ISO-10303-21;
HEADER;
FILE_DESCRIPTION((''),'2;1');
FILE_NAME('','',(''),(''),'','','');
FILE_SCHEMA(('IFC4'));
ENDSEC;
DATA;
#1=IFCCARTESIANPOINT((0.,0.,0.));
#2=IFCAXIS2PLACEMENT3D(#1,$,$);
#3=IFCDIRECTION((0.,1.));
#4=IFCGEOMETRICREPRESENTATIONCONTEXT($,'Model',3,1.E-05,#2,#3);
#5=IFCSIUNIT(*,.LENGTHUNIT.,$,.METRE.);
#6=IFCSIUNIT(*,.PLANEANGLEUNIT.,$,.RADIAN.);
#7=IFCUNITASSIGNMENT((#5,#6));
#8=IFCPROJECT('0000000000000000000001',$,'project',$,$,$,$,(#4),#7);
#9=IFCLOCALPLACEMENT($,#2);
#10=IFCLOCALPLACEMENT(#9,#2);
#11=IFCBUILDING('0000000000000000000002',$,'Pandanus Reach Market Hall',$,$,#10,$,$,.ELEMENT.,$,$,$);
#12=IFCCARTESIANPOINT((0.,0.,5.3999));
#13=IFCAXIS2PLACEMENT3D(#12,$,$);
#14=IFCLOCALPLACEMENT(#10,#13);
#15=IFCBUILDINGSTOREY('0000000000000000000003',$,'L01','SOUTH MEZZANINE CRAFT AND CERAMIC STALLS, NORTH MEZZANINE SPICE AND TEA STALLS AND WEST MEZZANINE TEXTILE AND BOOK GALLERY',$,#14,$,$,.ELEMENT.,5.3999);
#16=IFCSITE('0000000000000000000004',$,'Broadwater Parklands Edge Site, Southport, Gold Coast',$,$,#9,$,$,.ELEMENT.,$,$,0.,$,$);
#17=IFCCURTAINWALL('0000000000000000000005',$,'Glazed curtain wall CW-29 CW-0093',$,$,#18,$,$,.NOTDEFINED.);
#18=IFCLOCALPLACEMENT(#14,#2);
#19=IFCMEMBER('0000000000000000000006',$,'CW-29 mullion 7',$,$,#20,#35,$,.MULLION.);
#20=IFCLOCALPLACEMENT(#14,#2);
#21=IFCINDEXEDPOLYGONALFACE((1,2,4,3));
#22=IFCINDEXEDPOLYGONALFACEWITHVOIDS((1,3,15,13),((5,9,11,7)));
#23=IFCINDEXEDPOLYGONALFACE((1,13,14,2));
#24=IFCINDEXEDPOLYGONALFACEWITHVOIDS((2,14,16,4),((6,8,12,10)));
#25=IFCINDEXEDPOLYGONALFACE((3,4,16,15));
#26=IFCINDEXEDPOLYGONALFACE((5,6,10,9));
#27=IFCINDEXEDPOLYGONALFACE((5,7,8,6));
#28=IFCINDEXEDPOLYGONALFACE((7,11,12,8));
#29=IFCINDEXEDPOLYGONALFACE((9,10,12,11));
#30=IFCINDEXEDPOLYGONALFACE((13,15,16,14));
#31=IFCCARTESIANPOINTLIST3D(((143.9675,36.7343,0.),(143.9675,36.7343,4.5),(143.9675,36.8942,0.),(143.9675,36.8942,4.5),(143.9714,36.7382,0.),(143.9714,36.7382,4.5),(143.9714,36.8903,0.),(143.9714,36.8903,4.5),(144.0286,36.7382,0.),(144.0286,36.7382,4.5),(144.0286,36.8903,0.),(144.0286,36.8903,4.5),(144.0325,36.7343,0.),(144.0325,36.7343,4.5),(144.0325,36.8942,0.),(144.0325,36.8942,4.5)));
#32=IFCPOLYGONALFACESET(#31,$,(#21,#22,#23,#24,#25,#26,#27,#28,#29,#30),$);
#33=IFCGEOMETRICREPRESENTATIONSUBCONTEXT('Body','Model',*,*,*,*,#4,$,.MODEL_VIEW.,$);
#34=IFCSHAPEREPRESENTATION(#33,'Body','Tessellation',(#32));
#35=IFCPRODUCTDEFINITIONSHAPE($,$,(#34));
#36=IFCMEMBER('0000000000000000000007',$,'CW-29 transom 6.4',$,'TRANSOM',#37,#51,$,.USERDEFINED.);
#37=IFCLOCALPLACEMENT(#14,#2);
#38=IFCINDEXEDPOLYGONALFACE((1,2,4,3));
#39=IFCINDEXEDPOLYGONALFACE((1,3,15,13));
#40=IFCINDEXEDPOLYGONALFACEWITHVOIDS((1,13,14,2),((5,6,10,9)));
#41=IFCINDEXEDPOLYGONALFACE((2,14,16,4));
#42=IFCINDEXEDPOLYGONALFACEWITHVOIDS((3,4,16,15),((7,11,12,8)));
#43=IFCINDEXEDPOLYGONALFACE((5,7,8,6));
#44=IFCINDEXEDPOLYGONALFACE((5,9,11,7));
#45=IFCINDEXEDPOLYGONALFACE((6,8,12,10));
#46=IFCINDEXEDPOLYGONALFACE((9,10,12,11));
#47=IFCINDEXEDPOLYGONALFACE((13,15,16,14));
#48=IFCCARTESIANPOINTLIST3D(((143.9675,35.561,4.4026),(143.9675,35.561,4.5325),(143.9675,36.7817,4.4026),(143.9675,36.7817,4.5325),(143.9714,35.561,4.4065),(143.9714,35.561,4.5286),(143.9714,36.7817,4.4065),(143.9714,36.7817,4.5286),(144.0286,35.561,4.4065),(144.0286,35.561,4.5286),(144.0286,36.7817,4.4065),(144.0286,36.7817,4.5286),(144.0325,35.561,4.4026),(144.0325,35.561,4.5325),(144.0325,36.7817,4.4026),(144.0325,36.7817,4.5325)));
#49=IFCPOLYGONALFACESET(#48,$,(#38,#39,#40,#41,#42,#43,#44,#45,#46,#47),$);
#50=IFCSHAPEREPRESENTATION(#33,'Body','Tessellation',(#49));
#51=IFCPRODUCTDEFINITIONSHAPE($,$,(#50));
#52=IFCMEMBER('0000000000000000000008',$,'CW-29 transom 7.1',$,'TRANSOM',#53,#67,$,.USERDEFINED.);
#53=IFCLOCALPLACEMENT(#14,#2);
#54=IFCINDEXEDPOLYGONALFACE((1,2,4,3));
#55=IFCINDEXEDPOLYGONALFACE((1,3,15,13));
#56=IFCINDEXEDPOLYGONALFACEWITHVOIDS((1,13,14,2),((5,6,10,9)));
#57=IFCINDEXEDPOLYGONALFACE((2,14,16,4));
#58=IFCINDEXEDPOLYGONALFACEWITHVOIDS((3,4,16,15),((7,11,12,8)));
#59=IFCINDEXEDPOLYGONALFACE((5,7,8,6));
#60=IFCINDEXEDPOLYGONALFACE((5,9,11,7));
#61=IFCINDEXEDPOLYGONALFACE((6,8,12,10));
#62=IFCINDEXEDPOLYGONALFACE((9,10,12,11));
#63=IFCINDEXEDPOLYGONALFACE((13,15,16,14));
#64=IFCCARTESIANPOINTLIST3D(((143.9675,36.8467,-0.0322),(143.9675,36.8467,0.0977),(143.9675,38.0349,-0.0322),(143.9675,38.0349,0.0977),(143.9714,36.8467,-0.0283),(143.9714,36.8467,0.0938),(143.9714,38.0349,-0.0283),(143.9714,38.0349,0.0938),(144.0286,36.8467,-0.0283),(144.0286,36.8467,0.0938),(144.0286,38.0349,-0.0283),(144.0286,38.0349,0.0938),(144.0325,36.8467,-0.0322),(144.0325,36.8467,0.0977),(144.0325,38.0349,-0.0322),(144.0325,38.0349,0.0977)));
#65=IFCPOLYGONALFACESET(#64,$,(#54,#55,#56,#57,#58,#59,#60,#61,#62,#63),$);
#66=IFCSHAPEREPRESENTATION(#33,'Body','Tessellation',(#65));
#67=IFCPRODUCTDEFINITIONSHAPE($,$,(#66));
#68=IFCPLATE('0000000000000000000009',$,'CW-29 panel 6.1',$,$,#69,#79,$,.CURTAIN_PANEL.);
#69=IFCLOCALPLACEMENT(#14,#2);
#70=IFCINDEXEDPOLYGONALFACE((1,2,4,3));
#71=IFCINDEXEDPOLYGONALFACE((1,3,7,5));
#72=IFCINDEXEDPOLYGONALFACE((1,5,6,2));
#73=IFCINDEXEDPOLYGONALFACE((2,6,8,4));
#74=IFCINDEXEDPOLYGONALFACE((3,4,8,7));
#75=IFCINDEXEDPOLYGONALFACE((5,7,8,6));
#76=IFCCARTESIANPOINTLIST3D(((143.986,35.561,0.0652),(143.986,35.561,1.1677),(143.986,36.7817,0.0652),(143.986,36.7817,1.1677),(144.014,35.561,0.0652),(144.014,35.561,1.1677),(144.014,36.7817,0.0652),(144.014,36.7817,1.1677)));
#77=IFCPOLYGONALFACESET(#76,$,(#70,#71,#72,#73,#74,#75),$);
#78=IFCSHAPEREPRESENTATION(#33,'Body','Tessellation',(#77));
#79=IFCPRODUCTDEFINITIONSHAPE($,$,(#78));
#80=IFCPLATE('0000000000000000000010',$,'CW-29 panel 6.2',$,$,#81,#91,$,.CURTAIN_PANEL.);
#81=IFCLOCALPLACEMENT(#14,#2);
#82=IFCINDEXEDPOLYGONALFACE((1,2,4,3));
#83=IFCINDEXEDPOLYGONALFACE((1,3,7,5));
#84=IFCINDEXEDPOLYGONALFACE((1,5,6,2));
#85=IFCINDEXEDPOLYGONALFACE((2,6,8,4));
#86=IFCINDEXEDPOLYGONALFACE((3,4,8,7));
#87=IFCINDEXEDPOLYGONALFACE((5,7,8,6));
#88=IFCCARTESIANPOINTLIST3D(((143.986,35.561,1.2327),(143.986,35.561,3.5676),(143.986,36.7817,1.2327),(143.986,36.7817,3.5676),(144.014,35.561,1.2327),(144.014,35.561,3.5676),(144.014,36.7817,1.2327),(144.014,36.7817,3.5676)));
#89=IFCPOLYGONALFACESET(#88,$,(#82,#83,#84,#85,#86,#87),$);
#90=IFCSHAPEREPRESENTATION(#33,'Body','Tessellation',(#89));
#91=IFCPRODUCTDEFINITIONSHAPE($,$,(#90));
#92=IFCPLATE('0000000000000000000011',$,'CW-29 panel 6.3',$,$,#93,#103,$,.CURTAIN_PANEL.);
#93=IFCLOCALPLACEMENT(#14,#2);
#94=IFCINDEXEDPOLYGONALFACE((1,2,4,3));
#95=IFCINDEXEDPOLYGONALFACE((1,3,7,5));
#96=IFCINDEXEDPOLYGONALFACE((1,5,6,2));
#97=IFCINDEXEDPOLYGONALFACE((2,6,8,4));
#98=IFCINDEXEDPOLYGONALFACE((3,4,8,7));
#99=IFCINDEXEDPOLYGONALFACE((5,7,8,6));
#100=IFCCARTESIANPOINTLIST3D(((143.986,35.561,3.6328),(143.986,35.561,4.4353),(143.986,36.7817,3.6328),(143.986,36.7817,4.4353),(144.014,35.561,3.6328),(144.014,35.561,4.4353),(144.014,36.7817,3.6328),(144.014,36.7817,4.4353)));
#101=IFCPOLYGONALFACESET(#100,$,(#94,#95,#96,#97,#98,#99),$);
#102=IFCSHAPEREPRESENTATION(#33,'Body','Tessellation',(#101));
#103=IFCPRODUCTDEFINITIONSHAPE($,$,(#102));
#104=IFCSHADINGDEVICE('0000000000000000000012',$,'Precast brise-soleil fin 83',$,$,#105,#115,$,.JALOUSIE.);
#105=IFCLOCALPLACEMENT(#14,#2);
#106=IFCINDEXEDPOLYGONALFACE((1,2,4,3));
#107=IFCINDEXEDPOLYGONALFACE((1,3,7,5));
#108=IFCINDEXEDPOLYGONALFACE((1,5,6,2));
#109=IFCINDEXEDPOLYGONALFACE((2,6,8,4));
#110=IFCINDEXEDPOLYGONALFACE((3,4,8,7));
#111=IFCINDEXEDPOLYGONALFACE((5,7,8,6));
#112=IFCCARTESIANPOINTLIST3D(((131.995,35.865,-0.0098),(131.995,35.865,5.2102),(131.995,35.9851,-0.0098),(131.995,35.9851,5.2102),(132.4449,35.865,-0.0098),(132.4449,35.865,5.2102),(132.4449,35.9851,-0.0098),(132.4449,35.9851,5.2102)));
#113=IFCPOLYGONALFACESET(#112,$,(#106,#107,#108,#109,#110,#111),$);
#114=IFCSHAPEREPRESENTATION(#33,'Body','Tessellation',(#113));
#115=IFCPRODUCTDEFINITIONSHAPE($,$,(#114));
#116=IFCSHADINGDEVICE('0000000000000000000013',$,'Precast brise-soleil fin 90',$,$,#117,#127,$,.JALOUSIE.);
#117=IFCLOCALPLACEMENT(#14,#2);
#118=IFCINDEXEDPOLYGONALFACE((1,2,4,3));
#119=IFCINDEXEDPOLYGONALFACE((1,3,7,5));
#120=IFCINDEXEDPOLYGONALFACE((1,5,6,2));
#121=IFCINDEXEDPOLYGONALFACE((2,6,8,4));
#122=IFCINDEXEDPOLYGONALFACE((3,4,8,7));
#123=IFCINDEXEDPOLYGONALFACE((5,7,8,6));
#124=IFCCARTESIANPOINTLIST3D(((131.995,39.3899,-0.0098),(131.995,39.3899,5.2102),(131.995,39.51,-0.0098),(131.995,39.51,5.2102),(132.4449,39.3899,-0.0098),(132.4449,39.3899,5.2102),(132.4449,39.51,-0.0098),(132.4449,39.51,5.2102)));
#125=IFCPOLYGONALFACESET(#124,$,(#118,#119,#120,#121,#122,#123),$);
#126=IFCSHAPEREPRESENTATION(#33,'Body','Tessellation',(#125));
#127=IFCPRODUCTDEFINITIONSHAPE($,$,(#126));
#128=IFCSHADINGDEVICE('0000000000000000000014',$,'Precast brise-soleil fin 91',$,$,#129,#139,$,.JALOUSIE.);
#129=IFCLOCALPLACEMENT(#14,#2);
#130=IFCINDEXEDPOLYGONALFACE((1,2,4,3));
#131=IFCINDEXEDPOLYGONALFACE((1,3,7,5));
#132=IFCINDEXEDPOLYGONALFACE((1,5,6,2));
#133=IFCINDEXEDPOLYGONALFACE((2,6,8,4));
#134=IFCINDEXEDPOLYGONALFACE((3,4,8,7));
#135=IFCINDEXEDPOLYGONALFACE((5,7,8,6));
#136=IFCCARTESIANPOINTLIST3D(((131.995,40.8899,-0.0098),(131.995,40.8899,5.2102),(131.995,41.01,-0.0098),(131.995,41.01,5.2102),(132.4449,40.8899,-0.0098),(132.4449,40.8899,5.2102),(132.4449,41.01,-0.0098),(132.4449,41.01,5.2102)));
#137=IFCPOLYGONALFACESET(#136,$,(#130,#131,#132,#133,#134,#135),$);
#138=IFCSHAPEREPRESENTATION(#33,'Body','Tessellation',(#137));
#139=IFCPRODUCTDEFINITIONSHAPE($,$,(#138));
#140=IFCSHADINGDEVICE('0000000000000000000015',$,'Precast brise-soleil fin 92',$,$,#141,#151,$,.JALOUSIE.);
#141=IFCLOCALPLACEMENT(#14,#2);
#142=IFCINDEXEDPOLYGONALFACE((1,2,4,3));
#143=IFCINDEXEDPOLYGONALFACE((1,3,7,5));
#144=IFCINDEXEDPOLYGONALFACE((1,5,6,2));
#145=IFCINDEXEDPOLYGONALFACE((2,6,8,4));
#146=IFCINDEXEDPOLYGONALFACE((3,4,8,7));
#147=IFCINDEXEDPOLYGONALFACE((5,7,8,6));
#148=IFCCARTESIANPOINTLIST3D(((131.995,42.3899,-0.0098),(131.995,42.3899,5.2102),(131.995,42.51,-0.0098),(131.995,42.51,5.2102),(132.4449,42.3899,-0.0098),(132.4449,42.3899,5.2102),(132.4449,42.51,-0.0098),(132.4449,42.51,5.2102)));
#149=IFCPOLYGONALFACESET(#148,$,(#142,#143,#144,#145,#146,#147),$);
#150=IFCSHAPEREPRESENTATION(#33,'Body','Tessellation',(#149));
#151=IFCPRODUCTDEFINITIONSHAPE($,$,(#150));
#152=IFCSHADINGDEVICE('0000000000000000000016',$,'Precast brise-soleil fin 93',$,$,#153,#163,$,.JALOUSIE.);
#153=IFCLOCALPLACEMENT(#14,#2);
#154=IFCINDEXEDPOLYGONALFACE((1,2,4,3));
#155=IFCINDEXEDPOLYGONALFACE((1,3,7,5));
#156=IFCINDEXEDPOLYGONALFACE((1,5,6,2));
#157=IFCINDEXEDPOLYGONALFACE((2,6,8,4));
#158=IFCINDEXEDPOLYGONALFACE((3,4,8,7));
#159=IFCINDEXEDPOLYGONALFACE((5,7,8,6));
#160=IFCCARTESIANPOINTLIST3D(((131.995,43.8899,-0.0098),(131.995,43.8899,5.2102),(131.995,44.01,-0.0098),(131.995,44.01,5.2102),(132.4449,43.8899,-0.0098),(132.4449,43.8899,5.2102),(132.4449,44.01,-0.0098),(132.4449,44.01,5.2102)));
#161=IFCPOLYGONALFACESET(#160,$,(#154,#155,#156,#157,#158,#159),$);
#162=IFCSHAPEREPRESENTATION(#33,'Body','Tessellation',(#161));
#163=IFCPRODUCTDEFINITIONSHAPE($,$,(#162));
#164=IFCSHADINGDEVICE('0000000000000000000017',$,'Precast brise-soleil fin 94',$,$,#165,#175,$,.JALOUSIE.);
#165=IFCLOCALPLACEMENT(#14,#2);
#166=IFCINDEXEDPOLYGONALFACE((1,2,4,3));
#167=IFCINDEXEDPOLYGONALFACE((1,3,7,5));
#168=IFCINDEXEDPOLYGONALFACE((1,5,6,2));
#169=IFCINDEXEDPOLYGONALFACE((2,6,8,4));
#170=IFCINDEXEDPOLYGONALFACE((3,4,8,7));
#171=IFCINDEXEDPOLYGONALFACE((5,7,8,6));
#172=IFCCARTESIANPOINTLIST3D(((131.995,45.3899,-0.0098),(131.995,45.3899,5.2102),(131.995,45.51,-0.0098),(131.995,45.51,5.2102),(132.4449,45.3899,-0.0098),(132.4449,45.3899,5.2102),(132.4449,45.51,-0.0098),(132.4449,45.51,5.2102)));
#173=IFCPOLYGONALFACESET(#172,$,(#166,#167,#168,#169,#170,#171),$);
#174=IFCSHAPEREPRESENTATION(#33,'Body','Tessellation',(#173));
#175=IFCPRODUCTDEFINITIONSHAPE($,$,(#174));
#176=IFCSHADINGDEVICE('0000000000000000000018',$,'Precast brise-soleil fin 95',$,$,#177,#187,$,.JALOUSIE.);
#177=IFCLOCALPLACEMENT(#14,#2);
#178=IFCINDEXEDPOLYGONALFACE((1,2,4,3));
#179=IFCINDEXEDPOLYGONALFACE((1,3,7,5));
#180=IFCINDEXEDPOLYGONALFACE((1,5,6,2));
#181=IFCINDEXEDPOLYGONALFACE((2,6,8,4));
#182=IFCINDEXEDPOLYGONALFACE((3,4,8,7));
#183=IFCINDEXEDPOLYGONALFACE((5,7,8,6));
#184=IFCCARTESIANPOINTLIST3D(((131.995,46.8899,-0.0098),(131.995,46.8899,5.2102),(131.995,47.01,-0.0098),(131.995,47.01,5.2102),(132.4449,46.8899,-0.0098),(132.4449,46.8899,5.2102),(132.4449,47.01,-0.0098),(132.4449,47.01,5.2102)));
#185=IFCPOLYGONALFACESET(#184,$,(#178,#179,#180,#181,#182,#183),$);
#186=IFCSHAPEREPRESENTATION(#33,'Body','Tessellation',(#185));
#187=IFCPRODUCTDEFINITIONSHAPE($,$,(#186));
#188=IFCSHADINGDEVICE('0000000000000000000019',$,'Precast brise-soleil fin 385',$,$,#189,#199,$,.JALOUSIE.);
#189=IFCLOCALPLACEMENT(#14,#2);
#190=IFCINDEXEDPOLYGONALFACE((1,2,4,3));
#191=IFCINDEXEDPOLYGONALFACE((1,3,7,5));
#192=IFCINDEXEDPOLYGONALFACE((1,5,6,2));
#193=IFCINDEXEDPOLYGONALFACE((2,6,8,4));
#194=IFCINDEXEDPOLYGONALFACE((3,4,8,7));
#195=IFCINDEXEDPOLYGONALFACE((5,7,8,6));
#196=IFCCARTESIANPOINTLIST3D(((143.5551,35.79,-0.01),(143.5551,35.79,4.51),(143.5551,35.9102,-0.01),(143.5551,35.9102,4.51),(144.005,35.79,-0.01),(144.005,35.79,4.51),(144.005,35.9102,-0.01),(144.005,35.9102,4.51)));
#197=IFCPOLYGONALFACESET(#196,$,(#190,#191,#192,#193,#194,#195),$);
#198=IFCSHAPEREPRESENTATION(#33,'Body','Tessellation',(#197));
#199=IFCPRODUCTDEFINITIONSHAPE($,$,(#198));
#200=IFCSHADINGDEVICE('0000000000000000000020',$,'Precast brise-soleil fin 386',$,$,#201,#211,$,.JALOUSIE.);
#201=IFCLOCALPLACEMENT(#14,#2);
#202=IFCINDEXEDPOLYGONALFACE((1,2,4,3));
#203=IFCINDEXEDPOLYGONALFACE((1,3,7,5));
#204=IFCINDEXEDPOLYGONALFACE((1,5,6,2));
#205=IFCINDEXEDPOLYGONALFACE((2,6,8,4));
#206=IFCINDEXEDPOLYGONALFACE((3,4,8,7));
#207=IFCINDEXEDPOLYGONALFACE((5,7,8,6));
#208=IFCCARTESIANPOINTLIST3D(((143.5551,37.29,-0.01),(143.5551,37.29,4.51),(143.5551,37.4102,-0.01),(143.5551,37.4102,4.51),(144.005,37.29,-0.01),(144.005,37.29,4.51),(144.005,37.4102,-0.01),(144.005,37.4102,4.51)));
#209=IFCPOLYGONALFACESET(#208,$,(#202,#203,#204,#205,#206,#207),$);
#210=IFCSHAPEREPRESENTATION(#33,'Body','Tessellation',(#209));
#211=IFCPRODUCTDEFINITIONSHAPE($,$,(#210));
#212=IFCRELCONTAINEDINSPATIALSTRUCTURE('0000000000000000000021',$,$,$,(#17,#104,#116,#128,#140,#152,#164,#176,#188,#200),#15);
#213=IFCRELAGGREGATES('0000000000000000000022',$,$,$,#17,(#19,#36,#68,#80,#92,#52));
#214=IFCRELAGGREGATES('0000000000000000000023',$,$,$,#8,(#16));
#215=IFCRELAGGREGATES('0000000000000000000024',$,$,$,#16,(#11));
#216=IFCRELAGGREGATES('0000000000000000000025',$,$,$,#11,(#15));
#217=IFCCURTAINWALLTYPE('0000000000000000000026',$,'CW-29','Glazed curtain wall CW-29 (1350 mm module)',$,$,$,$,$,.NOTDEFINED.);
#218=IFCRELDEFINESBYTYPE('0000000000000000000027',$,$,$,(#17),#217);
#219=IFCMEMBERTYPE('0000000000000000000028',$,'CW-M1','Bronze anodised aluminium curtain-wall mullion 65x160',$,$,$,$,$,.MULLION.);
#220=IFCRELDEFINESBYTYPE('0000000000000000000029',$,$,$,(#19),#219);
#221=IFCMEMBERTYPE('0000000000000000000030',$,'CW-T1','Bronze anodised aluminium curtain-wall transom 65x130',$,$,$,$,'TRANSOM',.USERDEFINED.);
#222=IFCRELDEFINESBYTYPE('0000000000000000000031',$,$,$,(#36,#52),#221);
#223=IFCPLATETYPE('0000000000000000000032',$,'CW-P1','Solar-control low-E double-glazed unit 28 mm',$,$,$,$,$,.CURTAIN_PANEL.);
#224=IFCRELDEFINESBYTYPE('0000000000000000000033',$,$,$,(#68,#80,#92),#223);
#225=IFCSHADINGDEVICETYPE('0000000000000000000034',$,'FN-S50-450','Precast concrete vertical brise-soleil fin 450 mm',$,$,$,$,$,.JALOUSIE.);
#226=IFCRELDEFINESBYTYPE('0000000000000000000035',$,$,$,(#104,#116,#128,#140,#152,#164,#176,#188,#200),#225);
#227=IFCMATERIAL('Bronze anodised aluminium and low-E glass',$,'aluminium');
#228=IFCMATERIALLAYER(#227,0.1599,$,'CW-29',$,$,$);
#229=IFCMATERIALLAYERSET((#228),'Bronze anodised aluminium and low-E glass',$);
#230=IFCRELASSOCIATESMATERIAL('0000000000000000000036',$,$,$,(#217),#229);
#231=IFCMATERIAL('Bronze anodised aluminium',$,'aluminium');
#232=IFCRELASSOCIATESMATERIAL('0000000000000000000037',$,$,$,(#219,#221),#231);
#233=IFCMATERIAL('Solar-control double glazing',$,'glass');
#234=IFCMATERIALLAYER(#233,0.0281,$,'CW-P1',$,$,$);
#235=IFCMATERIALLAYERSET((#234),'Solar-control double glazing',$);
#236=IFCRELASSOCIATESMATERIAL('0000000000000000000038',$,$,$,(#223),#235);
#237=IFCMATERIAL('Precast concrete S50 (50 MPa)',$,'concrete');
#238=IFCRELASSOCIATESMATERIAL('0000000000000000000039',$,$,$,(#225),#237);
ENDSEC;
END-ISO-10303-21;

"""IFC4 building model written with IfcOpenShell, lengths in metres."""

from ifc_helpers import new_model, si_unit, direction, frame, origin, origin_2d, place, context, subcontext, project, spatial, rectangle, hollow_rectangle, extrude, material, layer, layer_set, material_profile, profile_set, type_object, element, aggregate, save


model = new_model("IFC4")

# Units and contexts
model_context = context("Model", 3, precision=1e-05, world=origin(), true_north=direction((0.0, 1.0)))
body_context = subcontext(model_context, "Body", "Model", "MODEL_VIEW")
ifc_project = project(units=[si_unit("LENGTHUNIT", "METRE"), si_unit("PLANEANGLEUNIT", "RADIAN")], contexts=[model_context])

# Site, building, storey
site_placement = place(None, origin())
site = spatial("IfcSite", under=ifc_project, at=site_placement, Name="Broadwater Parklands Edge Site, Southport, Gold Coast", CompositionType="ELEMENT", RefElevation=0.0)
building_placement = place(site_placement, origin())
building = spatial("IfcBuilding", under=site, at=building_placement, Name="Pandanus Reach Market Hall", CompositionType="ELEMENT")
storey_placement = place(building_placement, frame((0.0, 0.0, 5.3999)))
storey = spatial("IfcBuildingStorey", under=building, at=storey_placement, Name="L01", Description="SOUTH MEZZANINE CRAFT AND CERAMIC STALLS, NORTH MEZZANINE SPICE AND TEA STALLS AND WEST MEZZANINE TEXTILE AND BOOK GALLERY", CompositionType="ELEMENT", Elevation=5.3999)

# Curtain wall, members, plates
ifc_material_1 = material(Name="Bronze anodised aluminium and low-E glass", Category="aluminium")
ifc_layer_1 = layer(ifc_material_1, 0.1599, Name="CW-29")
ifc_layer_set_1 = layer_set([ifc_layer_1], Name="Bronze anodised aluminium and low-E glass")
curtain_wall_type = type_object("IfcCurtainWallType", Name="CW-29", Description="Glazed curtain wall CW-29 (1350 mm module)", PredefinedType="NOTDEFINED", material=ifc_layer_set_1)
curtain_wall_placement = place(storey_placement, origin())
curtain_wall = element("IfcCurtainWall", 1, at=curtain_wall_placement, inside=storey, type_object=curtain_wall_type, Name="Glazed curtain wall CW-29 CW-0093", PredefinedType="NOTDEFINED")
ifc_material_2 = material(Name="Bronze anodised aluminium", Category="aluminium")
ifc_material_profile_1 = material_profile(ifc_material_2, hollow_rectangle(XDim=0.0649, YDim=0.1599, WallThickness=0.0039, at=origin_2d()), Name="ALU65x160", Category="LoadBearing")
ifc_profile_set_1 = profile_set([ifc_material_profile_1], Name="Bronze anodised aluminium")
member_type_1 = type_object("IfcMemberType", Name="CW-M1", Description="Bronze anodised aluminium curtain-wall mullion 65x160", PredefinedType="MULLION", material=ifc_profile_set_1)
member_1_placement = place(storey_placement, frame((144.0, 36.8142, 0.0), z_axis=(0.0, 0.0, 1.0), x_axis=(-1.0, 0.0, 0.0)))
member_1 = element("IfcMember", 2, at=member_1_placement, type_object=member_type_1, Name="CW-29 mullion 7", PredefinedType="MULLION", context=body_context, shape_type="SweptSolid", body=[
    extrude(hollow_rectangle(XDim=0.0649, YDim=0.1599, WallThickness=0.0039, at=origin_2d()), origin(), (0.0, 0.0, 1.0), 4.5),
])
ifc_material_profile_2 = material_profile(ifc_material_2, hollow_rectangle(XDim=0.0649, YDim=0.1299, WallThickness=0.0039, at=origin_2d()), Name="ALU65x130", Category="LoadBearing")
ifc_profile_set_2 = profile_set([ifc_material_profile_2], Name="Bronze anodised aluminium")
member_type_2 = type_object("IfcMemberType", Name="CW-T1", Description="Bronze anodised aluminium curtain-wall transom 65x130", ElementType="TRANSOM", PredefinedType="USERDEFINED", material=ifc_profile_set_2)
member_2_placement = place(storey_placement, frame((144.0, 35.561, 4.4675), z_axis=(0.0, 1.0, 0.0), x_axis=(-1.0, 0.0, 0.0)))
member_2 = element("IfcMember", 3, at=member_2_placement, type_object=member_type_2, Name="CW-29 transom 6.4", ObjectType="TRANSOM", PredefinedType="USERDEFINED", context=body_context, shape_type="SweptSolid", body=[
    extrude(hollow_rectangle(XDim=0.0649, YDim=0.1299, WallThickness=0.0039, at=origin_2d()), origin(), (0.0, 0.0, 1.0), 1.2207),
])
member_3_placement = place(storey_placement, frame((144.0, 36.8467, 0.0327), z_axis=(0.0, 1.0, 0.0), x_axis=(-1.0, 0.0, 0.0)))
member_3 = element("IfcMember", 4, at=member_3_placement, type_object=member_type_2, Name="CW-29 transom 7.1", ObjectType="TRANSOM", PredefinedType="USERDEFINED", context=body_context, shape_type="SweptSolid", body=[
    extrude(hollow_rectangle(XDim=0.0649, YDim=0.1299, WallThickness=0.0039, at=origin_2d()), origin(), (0.0, 0.0, 1.0), 1.1882),
])
ifc_material_3 = material(Name="Solar-control double glazing", Category="glass")
ifc_layer_2 = layer(ifc_material_3, 0.0281, Name="CW-P1")
ifc_layer_set_2 = layer_set([ifc_layer_2], Name="Solar-control double glazing")
plate_type = type_object("IfcPlateType", Name="CW-P1", Description="Solar-control low-E double-glazed unit 28 mm", PredefinedType="CURTAIN_PANEL", material=ifc_layer_set_2)
plate_1_placement = place(storey_placement, frame((144.0, 36.1714, 0.0652), z_axis=(0.0, 0.0, 1.0), x_axis=(0.0, 1.0, 0.0)))
plate_1 = element("IfcPlate", 5, at=plate_1_placement, type_object=plate_type, Name="CW-29 panel 6.1", PredefinedType="CURTAIN_PANEL", context=body_context, shape_type="SweptSolid", body=[
    extrude(rectangle(XDim=1.2207, YDim=0.0281, at=origin_2d()), origin(), (0.0, 0.0, 1.0), 1.1025),
])
plate_2_placement = place(storey_placement, frame((144.0, 36.1714, 1.2327), z_axis=(0.0, 0.0, 1.0), x_axis=(0.0, 1.0, 0.0)))
plate_2 = element("IfcPlate", 6, at=plate_2_placement, type_object=plate_type, Name="CW-29 panel 6.2", PredefinedType="CURTAIN_PANEL", context=body_context, shape_type="SweptSolid", body=[
    extrude(rectangle(XDim=1.2207, YDim=0.0281, at=origin_2d()), origin(), (0.0, 0.0, 1.0), 2.335),
])
plate_3_placement = place(storey_placement, frame((144.0, 36.1714, 3.6328), z_axis=(0.0, 0.0, 1.0), x_axis=(0.0, 1.0, 0.0)))
plate_3 = element("IfcPlate", 7, at=plate_3_placement, type_object=plate_type, Name="CW-29 panel 6.3", PredefinedType="CURTAIN_PANEL", context=body_context, shape_type="SweptSolid", body=[
    extrude(rectangle(XDim=1.2207, YDim=0.0281, at=origin_2d()), origin(), (0.0, 0.0, 1.0), 0.8025),
])
aggregate(curtain_wall, [member_1, member_2, plate_1, plate_2, plate_3, member_3])

# Shading devices
ifc_material_4 = material(Name="Precast concrete S50 (50 MPa)", Category="concrete")
shading_device_type = type_object("IfcShadingDeviceType", Name="FN-S50-450", Description="Precast concrete vertical brise-soleil fin 450 mm", PredefinedType="JALOUSIE", material=ifc_material_4)
for number, where, z_axis, x_axis, name in (
    (8, (132.22, 35.925, -0.0098), (0.0, 0.0, 1.0), (1.0, 0.0, 0.0), "Precast brise-soleil fin 83"),
    (9, (132.22, 39.45, -0.0098), (0.0, 0.0, 1.0), (1.0, 0.0, 0.0), "Precast brise-soleil fin 90"),
    (10, (132.22, 40.95, -0.0098), (0.0, 0.0, 1.0), (1.0, 0.0, 0.0), "Precast brise-soleil fin 91"),
    (11, (132.22, 42.45, -0.0098), (0.0, 0.0, 1.0), (1.0, 0.0, 0.0), "Precast brise-soleil fin 92"),
    (12, (132.22, 43.95, -0.0098), (0.0, 0.0, 1.0), (1.0, 0.0, 0.0), "Precast brise-soleil fin 93"),
    (13, (132.22, 45.45, -0.0098), (0.0, 0.0, 1.0), (1.0, 0.0, 0.0), "Precast brise-soleil fin 94"),
    (14, (132.22, 46.95, -0.0098), (0.0, 0.0, 1.0), (1.0, 0.0, 0.0), "Precast brise-soleil fin 95"),
):
    element("IfcShadingDevice", number, at=place(storey_placement, frame(where, z_axis=z_axis, x_axis=x_axis)), inside=storey, type_object=shading_device_type, Name=name, PredefinedType="JALOUSIE", context=body_context, shape_type="SweptSolid", body=[
        extrude(rectangle(XDim=0.45, YDim=0.1201, at=origin_2d()), origin(), (0.0, 0.0, 1.0), 5.22),
    ])
for number, where, z_axis, x_axis, name in (
    (15, (143.78, 35.8501, -0.01), (0.0, 0.0, 1.0), (-1.0, 0.0, 0.0), "Precast brise-soleil fin 385"),
    (16, (143.78, 37.3501, -0.01), (0.0, 0.0, 1.0), (-1.0, 0.0, 0.0), "Precast brise-soleil fin 386"),
):
    element("IfcShadingDevice", number, at=place(storey_placement, frame(where, z_axis=z_axis, x_axis=x_axis)), inside=storey, type_object=shading_device_type, Name=name, PredefinedType="JALOUSIE", context=body_context, shape_type="SweptSolid", body=[
        extrude(rectangle(XDim=0.45, YDim=0.1201, at=origin_2d()), origin(), (0.0, 0.0, 1.0), 4.52),
    ])

save(model, "model.ifc")
